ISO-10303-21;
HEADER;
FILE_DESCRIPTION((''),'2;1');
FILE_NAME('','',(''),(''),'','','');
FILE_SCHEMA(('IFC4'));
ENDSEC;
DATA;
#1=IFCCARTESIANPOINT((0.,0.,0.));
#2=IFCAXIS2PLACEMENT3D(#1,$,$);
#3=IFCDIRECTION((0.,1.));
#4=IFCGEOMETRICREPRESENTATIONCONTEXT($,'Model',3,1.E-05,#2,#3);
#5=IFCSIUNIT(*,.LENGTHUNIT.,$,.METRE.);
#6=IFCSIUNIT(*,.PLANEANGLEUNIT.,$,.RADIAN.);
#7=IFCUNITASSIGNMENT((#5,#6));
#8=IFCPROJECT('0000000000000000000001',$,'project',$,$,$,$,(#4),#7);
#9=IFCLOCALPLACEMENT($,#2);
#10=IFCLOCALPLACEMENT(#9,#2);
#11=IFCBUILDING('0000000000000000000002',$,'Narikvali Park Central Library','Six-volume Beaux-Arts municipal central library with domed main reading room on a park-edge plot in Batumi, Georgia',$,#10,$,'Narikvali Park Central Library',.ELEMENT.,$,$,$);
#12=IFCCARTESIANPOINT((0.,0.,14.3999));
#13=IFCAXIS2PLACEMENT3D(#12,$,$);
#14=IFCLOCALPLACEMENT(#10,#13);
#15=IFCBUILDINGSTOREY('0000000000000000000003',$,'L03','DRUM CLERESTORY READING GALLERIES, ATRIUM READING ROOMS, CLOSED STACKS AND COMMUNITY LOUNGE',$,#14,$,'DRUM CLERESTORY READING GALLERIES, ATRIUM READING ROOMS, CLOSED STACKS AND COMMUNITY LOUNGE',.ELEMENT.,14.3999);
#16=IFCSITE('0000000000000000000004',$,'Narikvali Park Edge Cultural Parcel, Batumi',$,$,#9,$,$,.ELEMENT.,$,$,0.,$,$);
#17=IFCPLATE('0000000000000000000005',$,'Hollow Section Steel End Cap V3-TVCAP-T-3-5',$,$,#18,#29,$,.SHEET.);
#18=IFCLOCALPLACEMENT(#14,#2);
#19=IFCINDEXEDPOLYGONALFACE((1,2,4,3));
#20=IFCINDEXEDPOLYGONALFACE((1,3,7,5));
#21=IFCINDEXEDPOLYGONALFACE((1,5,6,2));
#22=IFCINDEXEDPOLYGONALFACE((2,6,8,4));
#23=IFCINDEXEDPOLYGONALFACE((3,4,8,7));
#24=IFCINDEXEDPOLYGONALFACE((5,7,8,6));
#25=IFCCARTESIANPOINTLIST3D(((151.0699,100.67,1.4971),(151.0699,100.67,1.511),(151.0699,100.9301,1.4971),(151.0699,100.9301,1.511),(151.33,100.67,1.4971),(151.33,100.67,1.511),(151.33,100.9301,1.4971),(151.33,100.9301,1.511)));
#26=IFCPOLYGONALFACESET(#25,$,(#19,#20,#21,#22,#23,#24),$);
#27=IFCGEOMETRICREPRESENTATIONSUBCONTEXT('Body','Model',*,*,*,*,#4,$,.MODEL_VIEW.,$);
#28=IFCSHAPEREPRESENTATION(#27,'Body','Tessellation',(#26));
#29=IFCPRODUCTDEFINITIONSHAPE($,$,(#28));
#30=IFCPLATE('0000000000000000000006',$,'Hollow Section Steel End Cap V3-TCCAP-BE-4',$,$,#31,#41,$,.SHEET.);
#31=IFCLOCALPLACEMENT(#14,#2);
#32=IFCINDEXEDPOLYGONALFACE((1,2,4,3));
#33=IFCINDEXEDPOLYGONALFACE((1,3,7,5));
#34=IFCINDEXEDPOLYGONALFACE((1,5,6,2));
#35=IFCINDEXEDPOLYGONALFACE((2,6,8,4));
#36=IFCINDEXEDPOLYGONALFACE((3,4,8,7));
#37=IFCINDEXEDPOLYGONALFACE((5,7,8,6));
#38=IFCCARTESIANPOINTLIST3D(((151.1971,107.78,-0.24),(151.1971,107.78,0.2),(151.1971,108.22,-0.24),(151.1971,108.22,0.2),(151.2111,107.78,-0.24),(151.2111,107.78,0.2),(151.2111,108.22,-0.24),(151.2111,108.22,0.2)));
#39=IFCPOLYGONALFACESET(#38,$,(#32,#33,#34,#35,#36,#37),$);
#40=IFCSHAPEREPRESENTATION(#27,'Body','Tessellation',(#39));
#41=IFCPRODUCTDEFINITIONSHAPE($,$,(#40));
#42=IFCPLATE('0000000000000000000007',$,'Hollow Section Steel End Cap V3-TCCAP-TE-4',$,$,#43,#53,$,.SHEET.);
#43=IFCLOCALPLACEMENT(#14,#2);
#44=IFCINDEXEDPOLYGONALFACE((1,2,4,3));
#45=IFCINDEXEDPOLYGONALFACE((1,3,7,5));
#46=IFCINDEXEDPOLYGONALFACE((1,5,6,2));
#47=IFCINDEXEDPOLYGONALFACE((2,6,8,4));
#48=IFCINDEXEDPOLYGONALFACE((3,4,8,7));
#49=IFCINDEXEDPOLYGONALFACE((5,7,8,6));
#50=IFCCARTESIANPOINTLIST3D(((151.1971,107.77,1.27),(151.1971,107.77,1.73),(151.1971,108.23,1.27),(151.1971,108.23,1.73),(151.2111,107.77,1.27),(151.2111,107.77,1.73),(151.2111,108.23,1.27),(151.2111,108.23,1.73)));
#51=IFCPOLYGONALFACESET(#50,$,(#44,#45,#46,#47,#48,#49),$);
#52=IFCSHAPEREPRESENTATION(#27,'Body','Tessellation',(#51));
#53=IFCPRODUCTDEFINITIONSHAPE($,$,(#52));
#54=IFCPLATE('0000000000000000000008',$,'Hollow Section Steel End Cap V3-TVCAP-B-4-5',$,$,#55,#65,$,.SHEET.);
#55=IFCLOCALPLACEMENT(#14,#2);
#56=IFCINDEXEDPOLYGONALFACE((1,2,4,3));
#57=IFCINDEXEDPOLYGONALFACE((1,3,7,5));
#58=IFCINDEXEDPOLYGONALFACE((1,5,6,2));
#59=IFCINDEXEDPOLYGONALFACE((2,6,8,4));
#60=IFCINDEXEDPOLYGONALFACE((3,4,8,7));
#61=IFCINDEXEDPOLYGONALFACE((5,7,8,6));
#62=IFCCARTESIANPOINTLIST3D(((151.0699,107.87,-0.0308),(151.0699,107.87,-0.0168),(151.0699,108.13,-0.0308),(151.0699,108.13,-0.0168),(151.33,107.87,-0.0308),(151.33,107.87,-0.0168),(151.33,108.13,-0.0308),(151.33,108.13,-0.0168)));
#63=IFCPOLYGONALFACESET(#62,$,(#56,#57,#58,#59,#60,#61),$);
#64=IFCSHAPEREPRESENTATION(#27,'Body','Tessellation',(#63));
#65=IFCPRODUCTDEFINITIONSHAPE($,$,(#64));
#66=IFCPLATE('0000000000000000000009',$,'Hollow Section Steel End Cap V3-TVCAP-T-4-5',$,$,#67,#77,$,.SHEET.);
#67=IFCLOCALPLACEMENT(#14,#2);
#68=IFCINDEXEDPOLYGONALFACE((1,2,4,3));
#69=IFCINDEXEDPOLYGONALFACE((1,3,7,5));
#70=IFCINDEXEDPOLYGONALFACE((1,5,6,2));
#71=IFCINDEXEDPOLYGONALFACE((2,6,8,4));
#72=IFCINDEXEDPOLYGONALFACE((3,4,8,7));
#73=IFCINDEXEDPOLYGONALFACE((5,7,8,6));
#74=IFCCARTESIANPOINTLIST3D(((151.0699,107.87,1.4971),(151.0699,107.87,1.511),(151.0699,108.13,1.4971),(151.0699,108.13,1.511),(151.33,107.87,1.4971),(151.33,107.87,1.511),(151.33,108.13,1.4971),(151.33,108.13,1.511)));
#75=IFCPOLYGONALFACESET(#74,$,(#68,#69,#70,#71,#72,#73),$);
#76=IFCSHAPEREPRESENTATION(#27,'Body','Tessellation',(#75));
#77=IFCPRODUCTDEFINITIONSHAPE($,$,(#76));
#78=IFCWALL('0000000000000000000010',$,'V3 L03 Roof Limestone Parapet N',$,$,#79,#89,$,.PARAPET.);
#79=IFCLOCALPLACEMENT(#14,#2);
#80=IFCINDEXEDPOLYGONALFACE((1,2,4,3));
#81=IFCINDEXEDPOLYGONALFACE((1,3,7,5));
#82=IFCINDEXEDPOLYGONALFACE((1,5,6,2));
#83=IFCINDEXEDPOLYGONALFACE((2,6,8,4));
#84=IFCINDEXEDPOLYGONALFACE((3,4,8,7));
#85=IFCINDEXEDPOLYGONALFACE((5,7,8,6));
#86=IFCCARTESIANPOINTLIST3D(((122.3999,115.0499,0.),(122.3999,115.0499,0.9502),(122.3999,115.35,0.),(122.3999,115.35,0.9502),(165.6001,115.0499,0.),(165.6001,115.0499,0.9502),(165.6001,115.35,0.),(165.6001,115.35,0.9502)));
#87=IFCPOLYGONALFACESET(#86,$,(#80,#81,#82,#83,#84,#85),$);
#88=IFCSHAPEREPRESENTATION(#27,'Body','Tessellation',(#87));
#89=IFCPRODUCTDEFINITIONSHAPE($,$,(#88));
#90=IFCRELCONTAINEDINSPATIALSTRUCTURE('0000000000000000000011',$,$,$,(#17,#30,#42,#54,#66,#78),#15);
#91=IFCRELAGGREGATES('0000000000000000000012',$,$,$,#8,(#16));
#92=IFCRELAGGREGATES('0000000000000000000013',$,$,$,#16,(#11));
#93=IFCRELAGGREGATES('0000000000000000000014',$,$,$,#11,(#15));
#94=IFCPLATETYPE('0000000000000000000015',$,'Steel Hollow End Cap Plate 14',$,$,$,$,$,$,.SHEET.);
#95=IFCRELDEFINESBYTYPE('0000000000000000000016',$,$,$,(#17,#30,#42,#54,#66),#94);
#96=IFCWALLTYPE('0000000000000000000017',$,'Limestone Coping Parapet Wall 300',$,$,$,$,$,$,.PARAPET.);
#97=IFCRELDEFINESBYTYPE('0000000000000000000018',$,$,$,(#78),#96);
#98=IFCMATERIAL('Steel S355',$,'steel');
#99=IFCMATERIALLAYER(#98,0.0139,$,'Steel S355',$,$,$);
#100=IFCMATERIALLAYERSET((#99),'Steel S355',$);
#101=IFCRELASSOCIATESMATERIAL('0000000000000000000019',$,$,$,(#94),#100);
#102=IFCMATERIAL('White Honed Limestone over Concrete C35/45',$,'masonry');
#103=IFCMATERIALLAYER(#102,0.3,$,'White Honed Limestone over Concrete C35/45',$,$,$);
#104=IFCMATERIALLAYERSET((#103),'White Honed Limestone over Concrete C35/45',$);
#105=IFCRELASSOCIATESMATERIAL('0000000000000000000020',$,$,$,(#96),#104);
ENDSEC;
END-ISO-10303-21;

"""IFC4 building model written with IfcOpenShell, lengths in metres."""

from ifc_helpers import new_model, si_unit, direction, frame, frame_2d, origin, origin_2d, place, context, subcontext, project, spatial, rectangle, extrude, material, layer, layer_set, type_object, element, save


model = new_model("IFC4")

# Units and contexts
model_context = context("Model", 3, precision=1e-05, world=origin(), true_north=direction((0.0, 1.0)))
body_context = subcontext(model_context, "Body", "Model", "MODEL_VIEW")
ifc_project = project(units=[si_unit("LENGTHUNIT", "METRE"), si_unit("PLANEANGLEUNIT", "RADIAN")], contexts=[model_context])

# Site, building, storey
site_placement = place(None, origin())
site = spatial("IfcSite", under=ifc_project, at=site_placement, Name="Narikvali Park Edge Cultural Parcel, Batumi", CompositionType="ELEMENT", RefElevation=0.0)
building_placement = place(site_placement, origin())
building = spatial("IfcBuilding", under=site, at=building_placement, Name="Narikvali Park Central Library", Description="Six-volume Beaux-Arts municipal central library with domed main reading room on a park-edge plot in Batumi, Georgia", LongName="Narikvali Park Central Library", CompositionType="ELEMENT")
storey_placement = place(building_placement, frame((0.0, 0.0, 14.3999)))
storey = spatial("IfcBuildingStorey", under=building, at=storey_placement, Name="L03", Description="DRUM CLERESTORY READING GALLERIES, ATRIUM READING ROOMS, CLOSED STACKS AND COMMUNITY LOUNGE", LongName="DRUM CLERESTORY READING GALLERIES, ATRIUM READING ROOMS, CLOSED STACKS AND COMMUNITY LOUNGE", CompositionType="ELEMENT", Elevation=14.3999)

# Shared definitions
ifc_material_1 = material(Name="Steel S355", Category="steel")

# Plates
ifc_layer_1 = layer(ifc_material_1, 0.0139, Name="Steel S355")
ifc_layer_set_1 = layer_set([ifc_layer_1], Name="Steel S355")
plate_type_1 = type_object("IfcPlateType", Name="Steel Hollow End Cap Plate 14", PredefinedType="SHEET", material=ifc_layer_set_1)
for number, where, z_axis, x_axis, name in (
    (1, (151.2, 100.8, 1.4971), (0.0, 0.0, 1.0), (1.0, 0.0, 0.0), "Hollow Section Steel End Cap V3-TVCAP-T-3-5"),
):
    element("IfcPlate", number, at=place(storey_placement, frame(where, z_axis=z_axis, x_axis=x_axis)), inside=storey, type_object=plate_type_1, Name=name, PredefinedType="SHEET", context=body_context, shape_type="SweptSolid", body=[
        extrude(rectangle(XDim=0.26, YDim=0.26, at=origin_2d()), origin(), (0.0, 0.0, 1.0), 0.0139),
    ])
plate_1_placement = place(storey_placement, frame((151.2041, 108.0, -0.24), z_axis=(0.0, 0.0, 1.0), x_axis=(1.0, 0.0, 0.0)))
element("IfcPlate", 2, at=plate_1_placement, inside=storey, type_object=plate_type_1, Name="Hollow Section Steel End Cap V3-TCCAP-BE-4", PredefinedType="SHEET", context=body_context, shape_type="SweptSolid", body=[
    extrude(rectangle(XDim=0.0139, YDim=0.4399, at=origin_2d()), origin(), (0.0, 0.0, 1.0), 0.4399),
])
plate_2_placement = place(storey_placement, frame((151.2041, 108.0, 1.27), z_axis=(0.0, 0.0, 1.0), x_axis=(1.0, 0.0, 0.0)))
element("IfcPlate", 3, at=plate_2_placement, inside=storey, type_object=plate_type_1, Name="Hollow Section Steel End Cap V3-TCCAP-TE-4", PredefinedType="SHEET", context=body_context, shape_type="SweptSolid", body=[
    extrude(rectangle(XDim=0.0139, YDim=0.46, at=origin_2d()), origin(), (0.0, 0.0, 1.0), 0.46),
])
for number, where, z_axis, x_axis, name in (
    (4, (151.2, 108.0, -0.0308), (0.0, 0.0, 1.0), (1.0, 0.0, 0.0), "Hollow Section Steel End Cap V3-TVCAP-B-4-5"),
    (5, (151.2, 108.0, 1.4971), (0.0, 0.0, 1.0), (1.0, 0.0, 0.0), "Hollow Section Steel End Cap V3-TVCAP-T-4-5"),
):
    element("IfcPlate", number, at=place(storey_placement, frame(where, z_axis=z_axis, x_axis=x_axis)), inside=storey, type_object=plate_type_1, Name=name, PredefinedType="SHEET", context=body_context, shape_type="SweptSolid", body=[
        extrude(rectangle(XDim=0.26, YDim=0.26, at=origin_2d()), origin(), (0.0, 0.0, 1.0), 0.0139),
    ])

# Wall
ifc_material_2 = material(Name="White Honed Limestone over Concrete C35/45", Category="masonry")
ifc_layer_2 = layer(ifc_material_2, 0.3, Name="White Honed Limestone over Concrete C35/45")
ifc_layer_set_2 = layer_set([ifc_layer_2], Name="White Honed Limestone over Concrete C35/45")
wall_type = type_object("IfcWallType", Name="Limestone Coping Parapet Wall 300", PredefinedType="PARAPET", material=ifc_layer_set_2)
wall_placement = place(storey_placement, frame((165.6001, 115.2, 0.0), z_axis=(0.0, 0.0, 1.0), x_axis=(-1.0, 0.0, 0.0)))
element("IfcWall", 6, at=wall_placement, inside=storey, type_object=wall_type, Name="V3 L03 Roof Limestone Parapet N", PredefinedType="PARAPET", context=body_context, shape_type="SweptSolid", body=[
    extrude(rectangle(XDim=43.2002, YDim=0.3, at=frame_2d((21.6001, 0.0))), origin(), (0.0, 0.0, 1.0), 0.9502),
])

save(model, "model.ifc")
